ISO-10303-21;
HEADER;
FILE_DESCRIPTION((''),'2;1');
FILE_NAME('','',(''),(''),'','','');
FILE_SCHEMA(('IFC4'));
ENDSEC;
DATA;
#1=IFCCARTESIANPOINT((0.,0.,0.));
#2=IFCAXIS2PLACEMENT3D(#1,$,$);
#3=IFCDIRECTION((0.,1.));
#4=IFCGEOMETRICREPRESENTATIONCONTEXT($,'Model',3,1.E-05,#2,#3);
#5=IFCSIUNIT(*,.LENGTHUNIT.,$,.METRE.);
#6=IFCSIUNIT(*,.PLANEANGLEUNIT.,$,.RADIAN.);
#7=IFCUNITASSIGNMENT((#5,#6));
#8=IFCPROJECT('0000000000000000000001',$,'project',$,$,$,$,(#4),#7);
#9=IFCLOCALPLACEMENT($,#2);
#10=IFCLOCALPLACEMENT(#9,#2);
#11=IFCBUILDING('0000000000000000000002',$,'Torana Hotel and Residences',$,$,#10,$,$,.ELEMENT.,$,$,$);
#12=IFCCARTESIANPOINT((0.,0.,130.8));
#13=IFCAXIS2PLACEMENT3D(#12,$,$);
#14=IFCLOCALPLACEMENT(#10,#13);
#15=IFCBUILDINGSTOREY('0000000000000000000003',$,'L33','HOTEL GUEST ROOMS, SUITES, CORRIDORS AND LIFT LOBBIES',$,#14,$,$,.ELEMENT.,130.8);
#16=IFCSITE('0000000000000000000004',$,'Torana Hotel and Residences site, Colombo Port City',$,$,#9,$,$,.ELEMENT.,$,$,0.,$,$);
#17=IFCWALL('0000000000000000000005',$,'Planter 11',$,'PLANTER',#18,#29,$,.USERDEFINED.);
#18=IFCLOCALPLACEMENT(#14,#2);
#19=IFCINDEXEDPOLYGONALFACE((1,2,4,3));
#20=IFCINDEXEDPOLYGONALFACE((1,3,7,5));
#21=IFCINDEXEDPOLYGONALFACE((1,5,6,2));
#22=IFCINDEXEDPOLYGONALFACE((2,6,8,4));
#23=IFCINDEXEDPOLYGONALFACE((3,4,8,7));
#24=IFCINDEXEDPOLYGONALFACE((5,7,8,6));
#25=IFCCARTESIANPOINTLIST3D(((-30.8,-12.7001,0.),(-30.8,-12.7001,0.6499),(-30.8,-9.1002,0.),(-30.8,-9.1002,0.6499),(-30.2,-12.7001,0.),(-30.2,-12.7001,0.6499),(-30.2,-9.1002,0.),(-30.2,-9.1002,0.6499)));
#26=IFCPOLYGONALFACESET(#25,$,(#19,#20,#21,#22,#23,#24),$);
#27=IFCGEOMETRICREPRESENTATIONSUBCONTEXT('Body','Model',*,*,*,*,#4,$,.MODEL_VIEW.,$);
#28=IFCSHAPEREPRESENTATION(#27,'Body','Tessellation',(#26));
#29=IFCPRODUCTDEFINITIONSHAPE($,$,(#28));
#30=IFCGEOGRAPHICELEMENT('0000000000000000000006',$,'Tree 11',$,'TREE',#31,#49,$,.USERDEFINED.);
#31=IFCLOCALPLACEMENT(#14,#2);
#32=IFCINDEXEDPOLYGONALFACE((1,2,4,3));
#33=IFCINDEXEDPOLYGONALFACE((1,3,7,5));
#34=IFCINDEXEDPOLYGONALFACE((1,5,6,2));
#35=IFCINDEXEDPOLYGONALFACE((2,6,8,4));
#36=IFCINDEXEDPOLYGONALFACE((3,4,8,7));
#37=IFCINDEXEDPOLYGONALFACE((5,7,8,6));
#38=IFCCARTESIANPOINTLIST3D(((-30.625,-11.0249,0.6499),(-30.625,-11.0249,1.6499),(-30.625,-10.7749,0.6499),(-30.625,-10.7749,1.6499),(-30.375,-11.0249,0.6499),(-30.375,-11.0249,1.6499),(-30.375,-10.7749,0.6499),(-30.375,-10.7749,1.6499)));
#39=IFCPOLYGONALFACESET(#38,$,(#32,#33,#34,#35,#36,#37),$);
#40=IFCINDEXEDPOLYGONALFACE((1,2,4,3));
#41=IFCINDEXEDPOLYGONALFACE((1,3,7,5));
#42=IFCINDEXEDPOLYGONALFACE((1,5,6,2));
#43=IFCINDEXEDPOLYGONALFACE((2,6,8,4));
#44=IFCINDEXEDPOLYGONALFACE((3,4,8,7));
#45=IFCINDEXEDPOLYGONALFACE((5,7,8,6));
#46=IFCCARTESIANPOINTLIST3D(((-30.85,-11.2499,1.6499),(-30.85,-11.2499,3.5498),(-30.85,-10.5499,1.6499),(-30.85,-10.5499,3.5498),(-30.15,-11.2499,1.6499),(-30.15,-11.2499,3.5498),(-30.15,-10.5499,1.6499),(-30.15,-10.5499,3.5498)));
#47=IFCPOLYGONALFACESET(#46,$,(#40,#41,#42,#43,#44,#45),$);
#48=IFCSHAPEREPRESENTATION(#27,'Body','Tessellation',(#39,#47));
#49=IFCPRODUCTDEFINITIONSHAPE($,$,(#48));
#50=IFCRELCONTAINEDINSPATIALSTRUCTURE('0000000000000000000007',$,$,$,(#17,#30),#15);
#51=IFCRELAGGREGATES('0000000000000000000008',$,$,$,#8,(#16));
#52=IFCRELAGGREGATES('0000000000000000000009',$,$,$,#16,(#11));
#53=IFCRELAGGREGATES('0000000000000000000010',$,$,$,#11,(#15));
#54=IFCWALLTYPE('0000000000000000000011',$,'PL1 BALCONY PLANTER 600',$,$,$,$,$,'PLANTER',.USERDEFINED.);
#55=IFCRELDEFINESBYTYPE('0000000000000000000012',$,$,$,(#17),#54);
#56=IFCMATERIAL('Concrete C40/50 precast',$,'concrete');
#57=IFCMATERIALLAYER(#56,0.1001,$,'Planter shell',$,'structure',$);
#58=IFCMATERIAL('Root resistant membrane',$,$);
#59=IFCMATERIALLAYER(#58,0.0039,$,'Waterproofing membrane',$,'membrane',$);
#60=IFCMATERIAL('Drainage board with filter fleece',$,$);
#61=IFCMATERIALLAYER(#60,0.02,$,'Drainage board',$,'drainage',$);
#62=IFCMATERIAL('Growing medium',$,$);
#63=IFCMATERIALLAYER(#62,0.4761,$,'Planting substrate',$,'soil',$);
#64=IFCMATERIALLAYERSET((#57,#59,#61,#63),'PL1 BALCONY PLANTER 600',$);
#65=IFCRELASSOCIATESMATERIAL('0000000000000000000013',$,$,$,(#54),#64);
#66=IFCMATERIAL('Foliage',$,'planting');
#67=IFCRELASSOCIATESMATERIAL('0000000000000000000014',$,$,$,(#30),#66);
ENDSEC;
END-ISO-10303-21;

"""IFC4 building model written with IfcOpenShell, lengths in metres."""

from ifc_helpers import new_model, si_unit, direction, frame, frame_2d, origin, origin_2d, place, context, subcontext, project, spatial, rectangle, extrude, material, layer, layer_set, type_object, element, save


model = new_model("IFC4")

# Units and contexts
model_context = context("Model", 3, precision=1e-05, world=origin(), true_north=direction((0.0, 1.0)))
body_context = subcontext(model_context, "Body", "Model", "MODEL_VIEW")
ifc_project = project(units=[si_unit("LENGTHUNIT", "METRE"), si_unit("PLANEANGLEUNIT", "RADIAN")], contexts=[model_context])

# Site, building, storey
site_placement = place(None, origin())
site = spatial("IfcSite", under=ifc_project, at=site_placement, Name="Torana Hotel and Residences site, Colombo Port City", CompositionType="ELEMENT", RefElevation=0.0)
building_placement = place(site_placement, origin())
building = spatial("IfcBuilding", under=site, at=building_placement, Name="Torana Hotel and Residences", CompositionType="ELEMENT")
storey_placement = place(building_placement, frame((0.0, 0.0, 130.8)))
storey = spatial("IfcBuildingStorey", under=building, at=storey_placement, Name="L33", Description="HOTEL GUEST ROOMS, SUITES, CORRIDORS AND LIFT LOBBIES", CompositionType="ELEMENT", Elevation=130.8)

# Wall
ifc_material_1 = material(Name="Concrete C40/50 precast", Category="concrete")
ifc_layer_1 = layer(ifc_material_1, 0.1001, Name="Planter shell", Category="structure")
ifc_material_2 = material(Name="Root resistant membrane")
ifc_layer_2 = layer(ifc_material_2, 0.0039, Name="Waterproofing membrane", Category="membrane")
ifc_material_3 = material(Name="Drainage board with filter fleece")
ifc_layer_3 = layer(ifc_material_3, 0.02, Name="Drainage board", Category="drainage")
ifc_material_4 = material(Name="Growing medium")
ifc_layer_4 = layer(ifc_material_4, 0.4761, Name="Planting substrate", Category="soil")
ifc_layer_set_1 = layer_set([ifc_layer_1, ifc_layer_2, ifc_layer_3, ifc_layer_4], Name="PL1 BALCONY PLANTER 600")
wall_type_1 = type_object("IfcWallType", Name="PL1 BALCONY PLANTER 600", ElementType="PLANTER", PredefinedType="USERDEFINED", material=ifc_layer_set_1)
wall_1_placement = place(storey_placement, frame((-30.5, -12.7, 0.0), z_axis=(0.0, 0.0, 1.0), x_axis=(0.0, 1.0, 0.0)))
element("IfcWall", 1, at=wall_1_placement, inside=storey, type_object=wall_type_1, Name="Planter 11", ObjectType="PLANTER", PredefinedType="USERDEFINED", context=body_context, shape_type="SweptSolid", body=[
    extrude(rectangle(XDim=3.5999, YDim=0.6001, at=frame_2d((1.7998, 0.0))), origin(), (0.0, 0.0, 1.0), 0.6499),
])

# Geographic element
ifc_material_5 = material(Name="Foliage", Category="planting")
geographic_element_placement = place(storey_placement, frame((-30.5, -10.8999, 0.6499), z_axis=(0.0, 0.0, 1.0), x_axis=(1.0, 0.0, 0.0)))
element("IfcGeographicElement", 2, at=geographic_element_placement, inside=storey, material=ifc_material_5, Name="Tree 11", ObjectType="TREE", PredefinedType="USERDEFINED", context=body_context, shape_type="SweptSolid", body=[
    extrude(rectangle(XDim=0.25, YDim=0.25, at=origin_2d()), origin(), (0.0, 0.0, 1.0), 1.0),
    extrude(rectangle(XDim=0.7, YDim=0.7, at=origin_2d()), frame((0.0, 0.0, 1.0)), (0.0, 0.0, 1.0), 1.8999),
])

save(model, "model.ifc")
